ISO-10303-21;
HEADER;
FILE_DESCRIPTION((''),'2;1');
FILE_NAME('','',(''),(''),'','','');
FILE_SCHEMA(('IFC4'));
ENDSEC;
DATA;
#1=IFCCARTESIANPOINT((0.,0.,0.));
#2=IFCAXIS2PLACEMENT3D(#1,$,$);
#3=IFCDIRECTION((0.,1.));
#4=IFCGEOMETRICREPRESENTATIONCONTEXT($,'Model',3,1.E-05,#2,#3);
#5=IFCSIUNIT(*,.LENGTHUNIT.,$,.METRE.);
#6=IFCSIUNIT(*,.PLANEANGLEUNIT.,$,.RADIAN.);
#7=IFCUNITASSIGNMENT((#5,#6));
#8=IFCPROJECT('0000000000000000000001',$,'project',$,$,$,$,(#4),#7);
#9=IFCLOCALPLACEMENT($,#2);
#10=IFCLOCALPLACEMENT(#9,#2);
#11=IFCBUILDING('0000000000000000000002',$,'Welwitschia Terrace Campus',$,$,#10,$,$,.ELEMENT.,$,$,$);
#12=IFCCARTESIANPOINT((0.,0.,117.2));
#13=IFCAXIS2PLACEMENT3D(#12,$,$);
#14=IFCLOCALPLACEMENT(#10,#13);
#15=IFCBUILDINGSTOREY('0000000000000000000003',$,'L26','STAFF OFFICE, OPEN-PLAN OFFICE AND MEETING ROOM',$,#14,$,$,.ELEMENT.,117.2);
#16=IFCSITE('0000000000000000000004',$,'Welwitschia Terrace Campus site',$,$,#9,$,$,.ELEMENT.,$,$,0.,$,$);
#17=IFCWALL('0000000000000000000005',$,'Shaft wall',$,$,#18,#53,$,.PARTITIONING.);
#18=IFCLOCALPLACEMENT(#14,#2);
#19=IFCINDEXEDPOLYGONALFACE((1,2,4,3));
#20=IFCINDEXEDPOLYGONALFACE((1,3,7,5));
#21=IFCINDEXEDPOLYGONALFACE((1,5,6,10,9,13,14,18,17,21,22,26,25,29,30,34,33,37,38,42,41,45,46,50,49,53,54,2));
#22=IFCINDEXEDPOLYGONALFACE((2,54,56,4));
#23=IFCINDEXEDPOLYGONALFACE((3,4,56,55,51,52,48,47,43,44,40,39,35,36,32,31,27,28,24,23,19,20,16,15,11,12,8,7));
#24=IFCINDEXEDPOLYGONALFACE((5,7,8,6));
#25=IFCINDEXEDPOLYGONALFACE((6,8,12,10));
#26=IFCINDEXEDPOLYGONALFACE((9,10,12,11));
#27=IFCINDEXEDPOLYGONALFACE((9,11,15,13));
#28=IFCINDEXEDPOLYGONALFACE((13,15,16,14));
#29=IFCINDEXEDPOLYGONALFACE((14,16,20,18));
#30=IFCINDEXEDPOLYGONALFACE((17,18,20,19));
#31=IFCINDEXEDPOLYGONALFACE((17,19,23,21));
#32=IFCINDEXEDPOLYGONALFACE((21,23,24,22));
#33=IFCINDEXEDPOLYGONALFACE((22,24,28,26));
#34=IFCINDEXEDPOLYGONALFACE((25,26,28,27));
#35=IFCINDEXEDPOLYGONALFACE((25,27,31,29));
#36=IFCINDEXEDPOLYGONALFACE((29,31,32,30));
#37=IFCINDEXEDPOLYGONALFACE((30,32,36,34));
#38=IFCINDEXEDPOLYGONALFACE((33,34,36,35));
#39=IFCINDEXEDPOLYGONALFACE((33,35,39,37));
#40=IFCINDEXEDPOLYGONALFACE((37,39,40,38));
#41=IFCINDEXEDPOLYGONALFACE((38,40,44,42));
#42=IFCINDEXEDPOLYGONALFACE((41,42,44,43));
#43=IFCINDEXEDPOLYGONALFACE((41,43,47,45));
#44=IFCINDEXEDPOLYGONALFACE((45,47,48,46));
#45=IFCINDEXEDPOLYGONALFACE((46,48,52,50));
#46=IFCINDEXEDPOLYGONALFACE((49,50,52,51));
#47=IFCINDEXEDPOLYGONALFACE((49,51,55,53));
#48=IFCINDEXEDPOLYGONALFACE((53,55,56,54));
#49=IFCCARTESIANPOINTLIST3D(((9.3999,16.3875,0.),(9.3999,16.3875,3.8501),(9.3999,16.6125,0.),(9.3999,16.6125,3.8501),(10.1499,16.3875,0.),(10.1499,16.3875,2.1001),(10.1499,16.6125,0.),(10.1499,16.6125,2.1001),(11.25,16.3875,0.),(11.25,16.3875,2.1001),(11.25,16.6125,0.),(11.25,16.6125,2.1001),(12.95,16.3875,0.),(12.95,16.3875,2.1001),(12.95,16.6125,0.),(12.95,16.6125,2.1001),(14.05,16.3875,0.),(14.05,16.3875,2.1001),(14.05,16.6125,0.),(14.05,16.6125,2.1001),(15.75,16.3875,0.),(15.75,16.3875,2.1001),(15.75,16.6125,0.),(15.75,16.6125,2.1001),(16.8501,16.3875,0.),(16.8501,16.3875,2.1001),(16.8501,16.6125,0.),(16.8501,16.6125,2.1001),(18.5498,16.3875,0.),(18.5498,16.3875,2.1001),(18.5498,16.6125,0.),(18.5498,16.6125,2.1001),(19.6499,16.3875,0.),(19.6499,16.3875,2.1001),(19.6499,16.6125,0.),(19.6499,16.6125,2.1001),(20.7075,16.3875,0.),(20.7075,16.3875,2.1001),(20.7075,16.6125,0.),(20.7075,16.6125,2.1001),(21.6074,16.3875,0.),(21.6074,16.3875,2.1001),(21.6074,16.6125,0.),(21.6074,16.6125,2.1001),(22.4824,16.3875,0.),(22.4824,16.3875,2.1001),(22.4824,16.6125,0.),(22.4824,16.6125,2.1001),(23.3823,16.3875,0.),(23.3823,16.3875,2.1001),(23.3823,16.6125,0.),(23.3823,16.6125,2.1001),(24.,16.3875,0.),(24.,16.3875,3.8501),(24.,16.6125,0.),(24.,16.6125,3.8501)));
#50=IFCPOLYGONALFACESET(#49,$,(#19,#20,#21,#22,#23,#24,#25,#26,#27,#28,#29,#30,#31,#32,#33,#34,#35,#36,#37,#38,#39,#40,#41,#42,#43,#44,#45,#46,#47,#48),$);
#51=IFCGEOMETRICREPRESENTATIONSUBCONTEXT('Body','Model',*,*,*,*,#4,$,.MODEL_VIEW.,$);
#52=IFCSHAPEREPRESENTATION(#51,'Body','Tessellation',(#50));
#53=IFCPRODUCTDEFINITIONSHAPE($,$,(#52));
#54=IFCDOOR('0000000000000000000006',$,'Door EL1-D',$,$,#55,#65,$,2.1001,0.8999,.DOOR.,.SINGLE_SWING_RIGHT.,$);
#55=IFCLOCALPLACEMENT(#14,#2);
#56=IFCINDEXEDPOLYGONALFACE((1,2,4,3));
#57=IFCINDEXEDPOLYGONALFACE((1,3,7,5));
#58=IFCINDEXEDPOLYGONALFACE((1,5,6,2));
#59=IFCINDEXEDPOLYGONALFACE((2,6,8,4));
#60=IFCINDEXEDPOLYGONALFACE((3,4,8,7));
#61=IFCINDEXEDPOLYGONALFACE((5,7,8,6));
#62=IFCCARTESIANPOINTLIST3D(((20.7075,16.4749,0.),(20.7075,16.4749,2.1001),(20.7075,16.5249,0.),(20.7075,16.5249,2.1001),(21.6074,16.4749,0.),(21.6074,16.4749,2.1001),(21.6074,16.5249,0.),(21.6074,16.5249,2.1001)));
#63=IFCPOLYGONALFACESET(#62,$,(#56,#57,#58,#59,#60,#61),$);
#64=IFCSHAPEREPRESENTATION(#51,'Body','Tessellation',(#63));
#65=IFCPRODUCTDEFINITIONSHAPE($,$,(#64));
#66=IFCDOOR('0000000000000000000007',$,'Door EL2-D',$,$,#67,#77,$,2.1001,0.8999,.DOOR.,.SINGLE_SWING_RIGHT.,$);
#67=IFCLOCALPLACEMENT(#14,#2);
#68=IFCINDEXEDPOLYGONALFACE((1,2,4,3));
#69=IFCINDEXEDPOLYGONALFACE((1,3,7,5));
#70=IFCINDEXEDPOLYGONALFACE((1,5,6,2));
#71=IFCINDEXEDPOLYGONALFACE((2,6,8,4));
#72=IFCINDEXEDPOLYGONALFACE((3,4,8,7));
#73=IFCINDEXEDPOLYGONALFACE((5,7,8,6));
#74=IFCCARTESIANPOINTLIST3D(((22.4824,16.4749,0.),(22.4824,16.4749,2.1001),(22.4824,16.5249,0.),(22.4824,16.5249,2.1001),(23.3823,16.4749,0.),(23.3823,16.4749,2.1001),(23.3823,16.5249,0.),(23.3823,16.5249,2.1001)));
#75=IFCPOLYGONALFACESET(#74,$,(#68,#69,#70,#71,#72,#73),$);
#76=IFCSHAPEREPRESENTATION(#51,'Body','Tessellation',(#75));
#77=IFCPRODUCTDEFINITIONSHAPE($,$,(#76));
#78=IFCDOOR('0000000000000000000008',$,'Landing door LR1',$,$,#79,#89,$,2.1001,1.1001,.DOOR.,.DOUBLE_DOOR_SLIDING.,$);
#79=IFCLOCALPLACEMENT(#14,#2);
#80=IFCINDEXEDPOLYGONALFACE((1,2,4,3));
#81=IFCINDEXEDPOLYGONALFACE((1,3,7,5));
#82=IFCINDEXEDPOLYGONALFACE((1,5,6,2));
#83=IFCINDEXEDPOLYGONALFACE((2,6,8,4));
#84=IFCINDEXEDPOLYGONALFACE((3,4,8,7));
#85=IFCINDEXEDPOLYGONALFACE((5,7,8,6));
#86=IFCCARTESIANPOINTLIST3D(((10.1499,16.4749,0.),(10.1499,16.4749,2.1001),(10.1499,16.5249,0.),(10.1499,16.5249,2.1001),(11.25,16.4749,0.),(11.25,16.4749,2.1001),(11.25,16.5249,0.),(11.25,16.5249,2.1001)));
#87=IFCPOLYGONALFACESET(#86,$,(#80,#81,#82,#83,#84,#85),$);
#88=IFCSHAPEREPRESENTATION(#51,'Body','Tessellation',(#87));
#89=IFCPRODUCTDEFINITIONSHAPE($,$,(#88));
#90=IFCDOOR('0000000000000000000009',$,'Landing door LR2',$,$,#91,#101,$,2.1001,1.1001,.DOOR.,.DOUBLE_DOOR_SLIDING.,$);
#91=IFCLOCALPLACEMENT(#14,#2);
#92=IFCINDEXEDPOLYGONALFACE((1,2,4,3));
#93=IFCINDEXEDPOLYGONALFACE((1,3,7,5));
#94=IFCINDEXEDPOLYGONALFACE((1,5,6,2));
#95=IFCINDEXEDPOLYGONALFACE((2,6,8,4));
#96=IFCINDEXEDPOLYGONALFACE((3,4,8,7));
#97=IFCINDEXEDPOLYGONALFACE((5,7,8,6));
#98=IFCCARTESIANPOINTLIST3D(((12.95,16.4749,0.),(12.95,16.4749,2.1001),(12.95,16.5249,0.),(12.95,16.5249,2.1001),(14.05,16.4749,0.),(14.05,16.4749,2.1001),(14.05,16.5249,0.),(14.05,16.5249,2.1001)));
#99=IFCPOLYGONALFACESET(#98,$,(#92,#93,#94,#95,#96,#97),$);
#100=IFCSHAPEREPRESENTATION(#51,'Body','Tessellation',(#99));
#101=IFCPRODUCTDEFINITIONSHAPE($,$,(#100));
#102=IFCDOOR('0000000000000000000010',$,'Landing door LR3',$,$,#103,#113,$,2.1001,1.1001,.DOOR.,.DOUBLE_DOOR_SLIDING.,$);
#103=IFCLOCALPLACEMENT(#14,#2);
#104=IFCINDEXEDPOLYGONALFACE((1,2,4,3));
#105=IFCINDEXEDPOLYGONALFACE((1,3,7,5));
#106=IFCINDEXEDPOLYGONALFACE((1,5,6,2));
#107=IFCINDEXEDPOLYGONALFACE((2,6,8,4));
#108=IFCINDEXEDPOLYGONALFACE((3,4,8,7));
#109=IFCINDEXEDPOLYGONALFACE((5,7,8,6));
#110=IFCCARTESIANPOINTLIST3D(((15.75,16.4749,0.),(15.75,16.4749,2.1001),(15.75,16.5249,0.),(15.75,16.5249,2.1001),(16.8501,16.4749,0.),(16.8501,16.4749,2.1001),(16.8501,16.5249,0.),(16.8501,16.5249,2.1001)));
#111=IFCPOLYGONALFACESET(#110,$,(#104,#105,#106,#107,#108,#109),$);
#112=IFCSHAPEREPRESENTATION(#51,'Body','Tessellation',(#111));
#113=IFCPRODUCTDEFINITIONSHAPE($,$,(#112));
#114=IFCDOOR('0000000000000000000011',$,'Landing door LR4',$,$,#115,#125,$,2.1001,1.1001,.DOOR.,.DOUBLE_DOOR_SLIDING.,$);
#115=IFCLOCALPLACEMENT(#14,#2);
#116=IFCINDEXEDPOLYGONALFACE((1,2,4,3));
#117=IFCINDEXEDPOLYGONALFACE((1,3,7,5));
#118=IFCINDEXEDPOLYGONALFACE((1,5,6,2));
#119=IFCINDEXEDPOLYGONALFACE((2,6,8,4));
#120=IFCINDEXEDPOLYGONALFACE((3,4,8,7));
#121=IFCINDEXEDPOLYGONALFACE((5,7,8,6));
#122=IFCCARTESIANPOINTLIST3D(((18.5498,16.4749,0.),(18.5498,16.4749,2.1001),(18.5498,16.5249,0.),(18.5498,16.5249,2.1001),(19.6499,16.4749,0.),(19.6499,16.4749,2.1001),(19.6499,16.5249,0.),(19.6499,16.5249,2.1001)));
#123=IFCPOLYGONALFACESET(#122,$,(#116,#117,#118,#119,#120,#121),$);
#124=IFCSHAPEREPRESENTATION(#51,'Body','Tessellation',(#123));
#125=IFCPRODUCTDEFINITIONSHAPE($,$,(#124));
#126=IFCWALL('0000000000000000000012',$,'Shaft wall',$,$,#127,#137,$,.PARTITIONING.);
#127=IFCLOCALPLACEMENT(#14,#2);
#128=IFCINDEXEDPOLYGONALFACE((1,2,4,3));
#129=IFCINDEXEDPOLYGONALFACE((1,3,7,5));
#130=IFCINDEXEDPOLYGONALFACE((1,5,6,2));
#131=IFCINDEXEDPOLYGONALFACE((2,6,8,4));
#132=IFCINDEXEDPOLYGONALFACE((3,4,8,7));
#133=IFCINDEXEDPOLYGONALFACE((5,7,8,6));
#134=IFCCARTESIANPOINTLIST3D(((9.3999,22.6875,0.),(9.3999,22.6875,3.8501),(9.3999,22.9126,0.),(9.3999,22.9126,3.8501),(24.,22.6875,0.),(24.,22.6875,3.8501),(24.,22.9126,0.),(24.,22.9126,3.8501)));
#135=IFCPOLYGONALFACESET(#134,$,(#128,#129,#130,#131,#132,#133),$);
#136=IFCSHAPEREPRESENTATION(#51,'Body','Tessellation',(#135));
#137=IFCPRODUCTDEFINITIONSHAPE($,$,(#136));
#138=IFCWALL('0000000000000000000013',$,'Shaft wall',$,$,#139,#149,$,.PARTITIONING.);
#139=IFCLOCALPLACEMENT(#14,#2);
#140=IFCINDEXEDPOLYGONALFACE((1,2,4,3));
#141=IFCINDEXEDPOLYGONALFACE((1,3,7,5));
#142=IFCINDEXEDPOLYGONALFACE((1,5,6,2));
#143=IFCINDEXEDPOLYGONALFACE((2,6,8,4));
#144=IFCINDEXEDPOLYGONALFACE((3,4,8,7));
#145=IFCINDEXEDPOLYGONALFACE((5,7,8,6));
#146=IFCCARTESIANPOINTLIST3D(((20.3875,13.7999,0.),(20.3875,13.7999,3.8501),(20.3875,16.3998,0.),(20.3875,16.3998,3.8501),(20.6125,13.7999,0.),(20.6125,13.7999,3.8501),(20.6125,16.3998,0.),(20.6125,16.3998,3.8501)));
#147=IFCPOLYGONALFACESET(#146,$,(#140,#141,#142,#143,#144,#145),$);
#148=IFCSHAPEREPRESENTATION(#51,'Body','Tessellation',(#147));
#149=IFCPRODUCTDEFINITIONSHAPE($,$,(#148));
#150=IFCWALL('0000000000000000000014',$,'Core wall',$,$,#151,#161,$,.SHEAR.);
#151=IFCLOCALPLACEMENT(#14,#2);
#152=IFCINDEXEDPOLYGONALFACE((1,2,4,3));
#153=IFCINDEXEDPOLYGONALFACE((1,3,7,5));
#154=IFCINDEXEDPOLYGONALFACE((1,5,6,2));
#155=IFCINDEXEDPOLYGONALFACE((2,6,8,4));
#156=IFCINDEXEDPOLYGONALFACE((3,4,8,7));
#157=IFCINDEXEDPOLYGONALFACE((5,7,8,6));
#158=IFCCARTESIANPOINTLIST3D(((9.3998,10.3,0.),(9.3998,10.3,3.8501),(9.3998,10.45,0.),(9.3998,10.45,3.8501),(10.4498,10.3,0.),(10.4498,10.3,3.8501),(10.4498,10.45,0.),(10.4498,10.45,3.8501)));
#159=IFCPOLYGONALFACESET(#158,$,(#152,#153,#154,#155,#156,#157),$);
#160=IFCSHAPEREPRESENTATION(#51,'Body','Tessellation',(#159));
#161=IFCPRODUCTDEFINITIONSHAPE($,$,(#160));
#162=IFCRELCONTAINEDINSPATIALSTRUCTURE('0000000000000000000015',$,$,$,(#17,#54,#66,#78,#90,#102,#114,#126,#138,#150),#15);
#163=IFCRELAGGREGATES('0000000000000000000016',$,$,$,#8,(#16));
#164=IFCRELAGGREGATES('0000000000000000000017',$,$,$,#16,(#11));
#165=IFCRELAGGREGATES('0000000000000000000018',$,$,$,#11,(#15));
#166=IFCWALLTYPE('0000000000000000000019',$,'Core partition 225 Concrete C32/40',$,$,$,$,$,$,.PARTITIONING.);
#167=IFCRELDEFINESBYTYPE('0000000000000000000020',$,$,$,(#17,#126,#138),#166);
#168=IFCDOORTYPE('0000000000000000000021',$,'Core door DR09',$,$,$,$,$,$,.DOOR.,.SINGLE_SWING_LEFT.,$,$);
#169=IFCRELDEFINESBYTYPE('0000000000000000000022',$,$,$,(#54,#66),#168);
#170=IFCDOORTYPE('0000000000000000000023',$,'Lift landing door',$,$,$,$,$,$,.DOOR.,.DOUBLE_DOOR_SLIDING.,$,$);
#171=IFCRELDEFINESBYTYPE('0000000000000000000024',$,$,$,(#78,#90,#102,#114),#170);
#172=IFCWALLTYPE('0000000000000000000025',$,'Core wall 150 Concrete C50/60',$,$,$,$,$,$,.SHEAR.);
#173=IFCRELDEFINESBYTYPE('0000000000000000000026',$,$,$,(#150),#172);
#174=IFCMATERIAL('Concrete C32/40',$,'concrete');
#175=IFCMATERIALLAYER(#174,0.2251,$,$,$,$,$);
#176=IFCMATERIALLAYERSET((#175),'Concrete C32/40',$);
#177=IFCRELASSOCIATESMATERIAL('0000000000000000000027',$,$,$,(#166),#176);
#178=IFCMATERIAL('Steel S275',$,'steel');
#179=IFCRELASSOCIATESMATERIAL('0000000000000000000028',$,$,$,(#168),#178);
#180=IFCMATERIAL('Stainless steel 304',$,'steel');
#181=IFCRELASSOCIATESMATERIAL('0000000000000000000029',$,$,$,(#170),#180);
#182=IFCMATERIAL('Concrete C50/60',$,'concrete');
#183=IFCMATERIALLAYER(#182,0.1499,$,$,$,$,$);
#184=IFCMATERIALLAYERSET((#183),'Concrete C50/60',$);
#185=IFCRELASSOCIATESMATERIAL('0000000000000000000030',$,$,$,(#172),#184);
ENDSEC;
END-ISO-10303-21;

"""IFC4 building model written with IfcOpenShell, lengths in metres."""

from ifc_helpers import new_model, si_unit, direction, frame, frame_2d, origin, place, context, subcontext, project, spatial, rectangle, extrude, material, layer, layer_set, type_object, element, fill, save


model = new_model("IFC4")

# Units and contexts
model_context = context("Model", 3, precision=1e-05, world=origin(), true_north=direction((0.0, 1.0)))
body_context = subcontext(model_context, "Body", "Model", "MODEL_VIEW")
ifc_project = project(units=[si_unit("LENGTHUNIT", "METRE"), si_unit("PLANEANGLEUNIT", "RADIAN")], contexts=[model_context])

# Site, building, storey
site_placement = place(None, origin())
site = spatial("IfcSite", under=ifc_project, at=site_placement, Name="Welwitschia Terrace Campus site", CompositionType="ELEMENT", RefElevation=0.0)
building_placement = place(site_placement, origin())
building = spatial("IfcBuilding", under=site, at=building_placement, Name="Welwitschia Terrace Campus", CompositionType="ELEMENT")
storey_placement = place(building_placement, frame((0.0, 0.0, 117.2)))
storey = spatial("IfcBuildingStorey", under=building, at=storey_placement, Name="L26", Description="STAFF OFFICE, OPEN-PLAN OFFICE AND MEETING ROOM", CompositionType="ELEMENT", Elevation=117.2)

# Shared definitions
ifc_material_1 = material(Name="Concrete C32/40", Category="concrete")
ifc_layer_1 = layer(ifc_material_1, 0.2251)
ifc_layer_set_1 = layer_set([ifc_layer_1], Name="Concrete C32/40")
wall_type_1 = type_object("IfcWallType", Name="Core partition 225 Concrete C32/40", PredefinedType="PARTITIONING", material=ifc_layer_set_1)

# Wall, openings, doors
wall_1_placement = place(storey_placement, frame((9.3999, 16.5, 0.0), z_axis=(0.0, 0.0, 1.0), x_axis=(1.0, 0.0, 0.0)))
wall_1 = element("IfcWall", 1, at=wall_1_placement, inside=storey, type_object=wall_type_1, Name="Shaft wall", PredefinedType="PARTITIONING", context=body_context, shape_type="SweptSolid", body=[
    extrude(rectangle(XDim=14.6001, YDim=0.2251, at=frame_2d((7.3, 0.0))), origin(), (0.0, 0.0, 1.0), 3.8501),
])
opening_1_placement = place(wall_1_placement, frame((0.75, 0.0, 0.0)))
opening_1 = element("IfcOpeningElement", 2, at=opening_1_placement, cuts=wall_1, PredefinedType="OPENING", context=body_context, shape_type="SweptSolid", body=[
    extrude(rectangle(XDim=1.1001, YDim=2.1001, at=frame_2d((0.55, 1.05))), frame((0.0, 0.1226, 0.0), z_axis=(0.0, -1.0, 0.0), x_axis=(1.0, 0.0, 0.0)), (0.0, 0.0, 1.0), 0.2451),
])
opening_2_placement = place(wall_1_placement, frame((3.55, 0.0, 0.0)))
opening_2 = element("IfcOpeningElement", 3, at=opening_2_placement, cuts=wall_1, PredefinedType="OPENING", context=body_context, shape_type="SweptSolid", body=[
    extrude(rectangle(XDim=1.1001, YDim=2.1001, at=frame_2d((0.55, 1.05))), frame((0.0, 0.1226, 0.0), z_axis=(0.0, -1.0, 0.0), x_axis=(1.0, 0.0, 0.0)), (0.0, 0.0, 1.0), 0.2451),
])
opening_3_placement = place(wall_1_placement, frame((6.3501, 0.0, 0.0)))
opening_3 = element("IfcOpeningElement", 4, at=opening_3_placement, cuts=wall_1, PredefinedType="OPENING", context=body_context, shape_type="SweptSolid", body=[
    extrude(rectangle(XDim=1.1001, YDim=2.1001, at=frame_2d((0.55, 1.05))), frame((0.0, 0.1226, 0.0), z_axis=(0.0, -1.0, 0.0), x_axis=(1.0, 0.0, 0.0)), (0.0, 0.0, 1.0), 0.2451),
])
opening_4_placement = place(wall_1_placement, frame((9.1499, 0.0, 0.0)))
opening_4 = element("IfcOpeningElement", 5, at=opening_4_placement, cuts=wall_1, PredefinedType="OPENING", context=body_context, shape_type="SweptSolid", body=[
    extrude(rectangle(XDim=1.1001, YDim=2.1001, at=frame_2d((0.55, 1.05))), frame((0.0, 0.1226, 0.0), z_axis=(0.0, -1.0, 0.0), x_axis=(1.0, 0.0, 0.0)), (0.0, 0.0, 1.0), 0.2451),
])
opening_5_placement = place(wall_1_placement, frame((11.3076, 0.0, 0.0)))
opening_5 = element("IfcOpeningElement", 6, at=opening_5_placement, cuts=wall_1, PredefinedType="OPENING", context=body_context, shape_type="SweptSolid", body=[
    extrude(rectangle(XDim=0.8999, YDim=2.1001, at=frame_2d((0.45, 1.05))), frame((0.0, 0.1226, 0.0), z_axis=(0.0, -1.0, 0.0), x_axis=(1.0, 0.0, 0.0)), (0.0, 0.0, 1.0), 0.2451),
])
opening_6_placement = place(wall_1_placement, frame((13.0825, 0.0, 0.0)))
opening_6 = element("IfcOpeningElement", 7, at=opening_6_placement, cuts=wall_1, PredefinedType="OPENING", context=body_context, shape_type="SweptSolid", body=[
    extrude(rectangle(XDim=0.8999, YDim=2.1001, at=frame_2d((0.45, 1.05))), frame((0.0, 0.1226, 0.0), z_axis=(0.0, -1.0, 0.0), x_axis=(1.0, 0.0, 0.0)), (0.0, 0.0, 1.0), 0.2451),
])
ifc_material_2 = material(Name="Steel S275", Category="steel")
door_type_1 = type_object("IfcDoorType", Name="Core door DR09", OperationType="SINGLE_SWING_LEFT", PredefinedType="DOOR", material=ifc_material_2)
door_1_placement = place(opening_5_placement, origin())
door_1 = element("IfcDoor", 8, at=door_1_placement, inside=storey, type_object=door_type_1, Name="Door EL1-D", OperationType="SINGLE_SWING_RIGHT", OverallHeight=2.1001, OverallWidth=0.8999, PredefinedType="DOOR", context=body_context, shape_type="SweptSolid", body=[
    extrude(rectangle(XDim=0.8999, YDim=2.1001, at=frame_2d((0.45, 1.05))), frame((0.0, 0.0249, 0.0), z_axis=(0.0, -1.0, 0.0), x_axis=(1.0, 0.0, 0.0)), (0.0, 0.0, 1.0), 0.05),
])
fill(opening_5, door_1)
door_2_placement = place(opening_6_placement, origin())
door_2 = element("IfcDoor", 9, at=door_2_placement, inside=storey, type_object=door_type_1, Name="Door EL2-D", OperationType="SINGLE_SWING_RIGHT", OverallHeight=2.1001, OverallWidth=0.8999, PredefinedType="DOOR", context=body_context, shape_type="SweptSolid", body=[
    extrude(rectangle(XDim=0.8999, YDim=2.1001, at=frame_2d((0.45, 1.05))), frame((0.0, 0.0249, 0.0), z_axis=(0.0, -1.0, 0.0), x_axis=(1.0, 0.0, 0.0)), (0.0, 0.0, 1.0), 0.05),
])
fill(opening_6, door_2)
ifc_material_3 = material(Name="Stainless steel 304", Category="steel")
door_type_2 = type_object("IfcDoorType", Name="Lift landing door", OperationType="DOUBLE_DOOR_SLIDING", PredefinedType="DOOR", material=ifc_material_3)
door_3_placement = place(opening_1_placement, origin())
door_3 = element("IfcDoor", 10, at=door_3_placement, inside=storey, type_object=door_type_2, Name="Landing door LR1", OperationType="DOUBLE_DOOR_SLIDING", OverallHeight=2.1001, OverallWidth=1.1001, PredefinedType="DOOR", context=body_context, shape_type="SweptSolid", body=[
    extrude(rectangle(XDim=1.1001, YDim=2.1001, at=frame_2d((0.55, 1.05))), frame((0.0, 0.0249, 0.0), z_axis=(0.0, -1.0, 0.0), x_axis=(1.0, 0.0, 0.0)), (0.0, 0.0, 1.0), 0.05),
])
fill(opening_1, door_3)
door_4_placement = place(opening_2_placement, origin())
door_4 = element("IfcDoor", 11, at=door_4_placement, inside=storey, type_object=door_type_2, Name="Landing door LR2", OperationType="DOUBLE_DOOR_SLIDING", OverallHeight=2.1001, OverallWidth=1.1001, PredefinedType="DOOR", context=body_context, shape_type="SweptSolid", body=[
    extrude(rectangle(XDim=1.1001, YDim=2.1001, at=frame_2d((0.55, 1.05))), frame((0.0, 0.0249, 0.0), z_axis=(0.0, -1.0, 0.0), x_axis=(1.0, 0.0, 0.0)), (0.0, 0.0, 1.0), 0.05),
])
fill(opening_2, door_4)
door_5_placement = place(opening_3_placement, origin())
door_5 = element("IfcDoor", 12, at=door_5_placement, inside=storey, type_object=door_type_2, Name="Landing door LR3", OperationType="DOUBLE_DOOR_SLIDING", OverallHeight=2.1001, OverallWidth=1.1001, PredefinedType="DOOR", context=body_context, shape_type="SweptSolid", body=[
    extrude(rectangle(XDim=1.1001, YDim=2.1001, at=frame_2d((0.55, 1.05))), frame((0.0, 0.0249, 0.0), z_axis=(0.0, -1.0, 0.0), x_axis=(1.0, 0.0, 0.0)), (0.0, 0.0, 1.0), 0.05),
])
fill(opening_3, door_5)
door_6_placement = place(opening_4_placement, origin())
door_6 = element("IfcDoor", 13, at=door_6_placement, inside=storey, type_object=door_type_2, Name="Landing door LR4", OperationType="DOUBLE_DOOR_SLIDING", OverallHeight=2.1001, OverallWidth=1.1001, PredefinedType="DOOR", context=body_context, shape_type="SweptSolid", body=[
    extrude(rectangle(XDim=1.1001, YDim=2.1001, at=frame_2d((0.55, 1.05))), frame((0.0, 0.0249, 0.0), z_axis=(0.0, -1.0, 0.0), x_axis=(1.0, 0.0, 0.0)), (0.0, 0.0, 1.0), 0.05),
])
fill(opening_4, door_6)

# Walls
wall_2_placement = place(storey_placement, frame((9.3999, 22.8, 0.0), z_axis=(0.0, 0.0, 1.0), x_axis=(1.0, 0.0, 0.0)))
element("IfcWall", 14, at=wall_2_placement, inside=storey, type_object=wall_type_1, Name="Shaft wall", PredefinedType="PARTITIONING", context=body_context, shape_type="SweptSolid", body=[
    extrude(rectangle(XDim=14.6001, YDim=0.2251, at=frame_2d((7.3, 0.0))), origin(), (0.0, 0.0, 1.0), 3.8501),
])
wall_3_placement = place(storey_placement, frame((20.5, 13.8, 0.0), z_axis=(0.0, 0.0, 1.0), x_axis=(0.0, 1.0, 0.0)))
element("IfcWall", 15, at=wall_3_placement, inside=storey, type_object=wall_type_1, Name="Shaft wall", PredefinedType="PARTITIONING", context=body_context, shape_type="SweptSolid", body=[
    extrude(rectangle(XDim=2.5999, YDim=0.2251, at=frame_2d((1.2998, 0.0))), origin(), (0.0, 0.0, 1.0), 3.8501),
])
ifc_material_4 = material(Name="Concrete C50/60", Category="concrete")
ifc_layer_2 = layer(ifc_material_4, 0.1499)
ifc_layer_set_2 = layer_set([ifc_layer_2], Name="Concrete C50/60")
wall_type_2 = type_object("IfcWallType", Name="Core wall 150 Concrete C50/60", PredefinedType="SHEAR", material=ifc_layer_set_2)
for number, where, z_axis, x_axis, name in (
    (16, (9.3999, 10.375, 0.0), (0.0, 0.0, 1.0), (1.0, 0.0, 0.0), "Core wall"),
):
    element("IfcWall", number, at=place(storey_placement, frame(where, z_axis=z_axis, x_axis=x_axis)), inside=storey, type_object=wall_type_2, Name=name, PredefinedType="SHEAR", context=body_context, shape_type="SweptSolid", body=[
        extrude(rectangle(XDim=1.05, YDim=0.1499, at=frame_2d((0.5249, 0.0))), origin(), (0.0, 0.0, 1.0), 3.8501),
    ])

save(model, "model.ifc")
